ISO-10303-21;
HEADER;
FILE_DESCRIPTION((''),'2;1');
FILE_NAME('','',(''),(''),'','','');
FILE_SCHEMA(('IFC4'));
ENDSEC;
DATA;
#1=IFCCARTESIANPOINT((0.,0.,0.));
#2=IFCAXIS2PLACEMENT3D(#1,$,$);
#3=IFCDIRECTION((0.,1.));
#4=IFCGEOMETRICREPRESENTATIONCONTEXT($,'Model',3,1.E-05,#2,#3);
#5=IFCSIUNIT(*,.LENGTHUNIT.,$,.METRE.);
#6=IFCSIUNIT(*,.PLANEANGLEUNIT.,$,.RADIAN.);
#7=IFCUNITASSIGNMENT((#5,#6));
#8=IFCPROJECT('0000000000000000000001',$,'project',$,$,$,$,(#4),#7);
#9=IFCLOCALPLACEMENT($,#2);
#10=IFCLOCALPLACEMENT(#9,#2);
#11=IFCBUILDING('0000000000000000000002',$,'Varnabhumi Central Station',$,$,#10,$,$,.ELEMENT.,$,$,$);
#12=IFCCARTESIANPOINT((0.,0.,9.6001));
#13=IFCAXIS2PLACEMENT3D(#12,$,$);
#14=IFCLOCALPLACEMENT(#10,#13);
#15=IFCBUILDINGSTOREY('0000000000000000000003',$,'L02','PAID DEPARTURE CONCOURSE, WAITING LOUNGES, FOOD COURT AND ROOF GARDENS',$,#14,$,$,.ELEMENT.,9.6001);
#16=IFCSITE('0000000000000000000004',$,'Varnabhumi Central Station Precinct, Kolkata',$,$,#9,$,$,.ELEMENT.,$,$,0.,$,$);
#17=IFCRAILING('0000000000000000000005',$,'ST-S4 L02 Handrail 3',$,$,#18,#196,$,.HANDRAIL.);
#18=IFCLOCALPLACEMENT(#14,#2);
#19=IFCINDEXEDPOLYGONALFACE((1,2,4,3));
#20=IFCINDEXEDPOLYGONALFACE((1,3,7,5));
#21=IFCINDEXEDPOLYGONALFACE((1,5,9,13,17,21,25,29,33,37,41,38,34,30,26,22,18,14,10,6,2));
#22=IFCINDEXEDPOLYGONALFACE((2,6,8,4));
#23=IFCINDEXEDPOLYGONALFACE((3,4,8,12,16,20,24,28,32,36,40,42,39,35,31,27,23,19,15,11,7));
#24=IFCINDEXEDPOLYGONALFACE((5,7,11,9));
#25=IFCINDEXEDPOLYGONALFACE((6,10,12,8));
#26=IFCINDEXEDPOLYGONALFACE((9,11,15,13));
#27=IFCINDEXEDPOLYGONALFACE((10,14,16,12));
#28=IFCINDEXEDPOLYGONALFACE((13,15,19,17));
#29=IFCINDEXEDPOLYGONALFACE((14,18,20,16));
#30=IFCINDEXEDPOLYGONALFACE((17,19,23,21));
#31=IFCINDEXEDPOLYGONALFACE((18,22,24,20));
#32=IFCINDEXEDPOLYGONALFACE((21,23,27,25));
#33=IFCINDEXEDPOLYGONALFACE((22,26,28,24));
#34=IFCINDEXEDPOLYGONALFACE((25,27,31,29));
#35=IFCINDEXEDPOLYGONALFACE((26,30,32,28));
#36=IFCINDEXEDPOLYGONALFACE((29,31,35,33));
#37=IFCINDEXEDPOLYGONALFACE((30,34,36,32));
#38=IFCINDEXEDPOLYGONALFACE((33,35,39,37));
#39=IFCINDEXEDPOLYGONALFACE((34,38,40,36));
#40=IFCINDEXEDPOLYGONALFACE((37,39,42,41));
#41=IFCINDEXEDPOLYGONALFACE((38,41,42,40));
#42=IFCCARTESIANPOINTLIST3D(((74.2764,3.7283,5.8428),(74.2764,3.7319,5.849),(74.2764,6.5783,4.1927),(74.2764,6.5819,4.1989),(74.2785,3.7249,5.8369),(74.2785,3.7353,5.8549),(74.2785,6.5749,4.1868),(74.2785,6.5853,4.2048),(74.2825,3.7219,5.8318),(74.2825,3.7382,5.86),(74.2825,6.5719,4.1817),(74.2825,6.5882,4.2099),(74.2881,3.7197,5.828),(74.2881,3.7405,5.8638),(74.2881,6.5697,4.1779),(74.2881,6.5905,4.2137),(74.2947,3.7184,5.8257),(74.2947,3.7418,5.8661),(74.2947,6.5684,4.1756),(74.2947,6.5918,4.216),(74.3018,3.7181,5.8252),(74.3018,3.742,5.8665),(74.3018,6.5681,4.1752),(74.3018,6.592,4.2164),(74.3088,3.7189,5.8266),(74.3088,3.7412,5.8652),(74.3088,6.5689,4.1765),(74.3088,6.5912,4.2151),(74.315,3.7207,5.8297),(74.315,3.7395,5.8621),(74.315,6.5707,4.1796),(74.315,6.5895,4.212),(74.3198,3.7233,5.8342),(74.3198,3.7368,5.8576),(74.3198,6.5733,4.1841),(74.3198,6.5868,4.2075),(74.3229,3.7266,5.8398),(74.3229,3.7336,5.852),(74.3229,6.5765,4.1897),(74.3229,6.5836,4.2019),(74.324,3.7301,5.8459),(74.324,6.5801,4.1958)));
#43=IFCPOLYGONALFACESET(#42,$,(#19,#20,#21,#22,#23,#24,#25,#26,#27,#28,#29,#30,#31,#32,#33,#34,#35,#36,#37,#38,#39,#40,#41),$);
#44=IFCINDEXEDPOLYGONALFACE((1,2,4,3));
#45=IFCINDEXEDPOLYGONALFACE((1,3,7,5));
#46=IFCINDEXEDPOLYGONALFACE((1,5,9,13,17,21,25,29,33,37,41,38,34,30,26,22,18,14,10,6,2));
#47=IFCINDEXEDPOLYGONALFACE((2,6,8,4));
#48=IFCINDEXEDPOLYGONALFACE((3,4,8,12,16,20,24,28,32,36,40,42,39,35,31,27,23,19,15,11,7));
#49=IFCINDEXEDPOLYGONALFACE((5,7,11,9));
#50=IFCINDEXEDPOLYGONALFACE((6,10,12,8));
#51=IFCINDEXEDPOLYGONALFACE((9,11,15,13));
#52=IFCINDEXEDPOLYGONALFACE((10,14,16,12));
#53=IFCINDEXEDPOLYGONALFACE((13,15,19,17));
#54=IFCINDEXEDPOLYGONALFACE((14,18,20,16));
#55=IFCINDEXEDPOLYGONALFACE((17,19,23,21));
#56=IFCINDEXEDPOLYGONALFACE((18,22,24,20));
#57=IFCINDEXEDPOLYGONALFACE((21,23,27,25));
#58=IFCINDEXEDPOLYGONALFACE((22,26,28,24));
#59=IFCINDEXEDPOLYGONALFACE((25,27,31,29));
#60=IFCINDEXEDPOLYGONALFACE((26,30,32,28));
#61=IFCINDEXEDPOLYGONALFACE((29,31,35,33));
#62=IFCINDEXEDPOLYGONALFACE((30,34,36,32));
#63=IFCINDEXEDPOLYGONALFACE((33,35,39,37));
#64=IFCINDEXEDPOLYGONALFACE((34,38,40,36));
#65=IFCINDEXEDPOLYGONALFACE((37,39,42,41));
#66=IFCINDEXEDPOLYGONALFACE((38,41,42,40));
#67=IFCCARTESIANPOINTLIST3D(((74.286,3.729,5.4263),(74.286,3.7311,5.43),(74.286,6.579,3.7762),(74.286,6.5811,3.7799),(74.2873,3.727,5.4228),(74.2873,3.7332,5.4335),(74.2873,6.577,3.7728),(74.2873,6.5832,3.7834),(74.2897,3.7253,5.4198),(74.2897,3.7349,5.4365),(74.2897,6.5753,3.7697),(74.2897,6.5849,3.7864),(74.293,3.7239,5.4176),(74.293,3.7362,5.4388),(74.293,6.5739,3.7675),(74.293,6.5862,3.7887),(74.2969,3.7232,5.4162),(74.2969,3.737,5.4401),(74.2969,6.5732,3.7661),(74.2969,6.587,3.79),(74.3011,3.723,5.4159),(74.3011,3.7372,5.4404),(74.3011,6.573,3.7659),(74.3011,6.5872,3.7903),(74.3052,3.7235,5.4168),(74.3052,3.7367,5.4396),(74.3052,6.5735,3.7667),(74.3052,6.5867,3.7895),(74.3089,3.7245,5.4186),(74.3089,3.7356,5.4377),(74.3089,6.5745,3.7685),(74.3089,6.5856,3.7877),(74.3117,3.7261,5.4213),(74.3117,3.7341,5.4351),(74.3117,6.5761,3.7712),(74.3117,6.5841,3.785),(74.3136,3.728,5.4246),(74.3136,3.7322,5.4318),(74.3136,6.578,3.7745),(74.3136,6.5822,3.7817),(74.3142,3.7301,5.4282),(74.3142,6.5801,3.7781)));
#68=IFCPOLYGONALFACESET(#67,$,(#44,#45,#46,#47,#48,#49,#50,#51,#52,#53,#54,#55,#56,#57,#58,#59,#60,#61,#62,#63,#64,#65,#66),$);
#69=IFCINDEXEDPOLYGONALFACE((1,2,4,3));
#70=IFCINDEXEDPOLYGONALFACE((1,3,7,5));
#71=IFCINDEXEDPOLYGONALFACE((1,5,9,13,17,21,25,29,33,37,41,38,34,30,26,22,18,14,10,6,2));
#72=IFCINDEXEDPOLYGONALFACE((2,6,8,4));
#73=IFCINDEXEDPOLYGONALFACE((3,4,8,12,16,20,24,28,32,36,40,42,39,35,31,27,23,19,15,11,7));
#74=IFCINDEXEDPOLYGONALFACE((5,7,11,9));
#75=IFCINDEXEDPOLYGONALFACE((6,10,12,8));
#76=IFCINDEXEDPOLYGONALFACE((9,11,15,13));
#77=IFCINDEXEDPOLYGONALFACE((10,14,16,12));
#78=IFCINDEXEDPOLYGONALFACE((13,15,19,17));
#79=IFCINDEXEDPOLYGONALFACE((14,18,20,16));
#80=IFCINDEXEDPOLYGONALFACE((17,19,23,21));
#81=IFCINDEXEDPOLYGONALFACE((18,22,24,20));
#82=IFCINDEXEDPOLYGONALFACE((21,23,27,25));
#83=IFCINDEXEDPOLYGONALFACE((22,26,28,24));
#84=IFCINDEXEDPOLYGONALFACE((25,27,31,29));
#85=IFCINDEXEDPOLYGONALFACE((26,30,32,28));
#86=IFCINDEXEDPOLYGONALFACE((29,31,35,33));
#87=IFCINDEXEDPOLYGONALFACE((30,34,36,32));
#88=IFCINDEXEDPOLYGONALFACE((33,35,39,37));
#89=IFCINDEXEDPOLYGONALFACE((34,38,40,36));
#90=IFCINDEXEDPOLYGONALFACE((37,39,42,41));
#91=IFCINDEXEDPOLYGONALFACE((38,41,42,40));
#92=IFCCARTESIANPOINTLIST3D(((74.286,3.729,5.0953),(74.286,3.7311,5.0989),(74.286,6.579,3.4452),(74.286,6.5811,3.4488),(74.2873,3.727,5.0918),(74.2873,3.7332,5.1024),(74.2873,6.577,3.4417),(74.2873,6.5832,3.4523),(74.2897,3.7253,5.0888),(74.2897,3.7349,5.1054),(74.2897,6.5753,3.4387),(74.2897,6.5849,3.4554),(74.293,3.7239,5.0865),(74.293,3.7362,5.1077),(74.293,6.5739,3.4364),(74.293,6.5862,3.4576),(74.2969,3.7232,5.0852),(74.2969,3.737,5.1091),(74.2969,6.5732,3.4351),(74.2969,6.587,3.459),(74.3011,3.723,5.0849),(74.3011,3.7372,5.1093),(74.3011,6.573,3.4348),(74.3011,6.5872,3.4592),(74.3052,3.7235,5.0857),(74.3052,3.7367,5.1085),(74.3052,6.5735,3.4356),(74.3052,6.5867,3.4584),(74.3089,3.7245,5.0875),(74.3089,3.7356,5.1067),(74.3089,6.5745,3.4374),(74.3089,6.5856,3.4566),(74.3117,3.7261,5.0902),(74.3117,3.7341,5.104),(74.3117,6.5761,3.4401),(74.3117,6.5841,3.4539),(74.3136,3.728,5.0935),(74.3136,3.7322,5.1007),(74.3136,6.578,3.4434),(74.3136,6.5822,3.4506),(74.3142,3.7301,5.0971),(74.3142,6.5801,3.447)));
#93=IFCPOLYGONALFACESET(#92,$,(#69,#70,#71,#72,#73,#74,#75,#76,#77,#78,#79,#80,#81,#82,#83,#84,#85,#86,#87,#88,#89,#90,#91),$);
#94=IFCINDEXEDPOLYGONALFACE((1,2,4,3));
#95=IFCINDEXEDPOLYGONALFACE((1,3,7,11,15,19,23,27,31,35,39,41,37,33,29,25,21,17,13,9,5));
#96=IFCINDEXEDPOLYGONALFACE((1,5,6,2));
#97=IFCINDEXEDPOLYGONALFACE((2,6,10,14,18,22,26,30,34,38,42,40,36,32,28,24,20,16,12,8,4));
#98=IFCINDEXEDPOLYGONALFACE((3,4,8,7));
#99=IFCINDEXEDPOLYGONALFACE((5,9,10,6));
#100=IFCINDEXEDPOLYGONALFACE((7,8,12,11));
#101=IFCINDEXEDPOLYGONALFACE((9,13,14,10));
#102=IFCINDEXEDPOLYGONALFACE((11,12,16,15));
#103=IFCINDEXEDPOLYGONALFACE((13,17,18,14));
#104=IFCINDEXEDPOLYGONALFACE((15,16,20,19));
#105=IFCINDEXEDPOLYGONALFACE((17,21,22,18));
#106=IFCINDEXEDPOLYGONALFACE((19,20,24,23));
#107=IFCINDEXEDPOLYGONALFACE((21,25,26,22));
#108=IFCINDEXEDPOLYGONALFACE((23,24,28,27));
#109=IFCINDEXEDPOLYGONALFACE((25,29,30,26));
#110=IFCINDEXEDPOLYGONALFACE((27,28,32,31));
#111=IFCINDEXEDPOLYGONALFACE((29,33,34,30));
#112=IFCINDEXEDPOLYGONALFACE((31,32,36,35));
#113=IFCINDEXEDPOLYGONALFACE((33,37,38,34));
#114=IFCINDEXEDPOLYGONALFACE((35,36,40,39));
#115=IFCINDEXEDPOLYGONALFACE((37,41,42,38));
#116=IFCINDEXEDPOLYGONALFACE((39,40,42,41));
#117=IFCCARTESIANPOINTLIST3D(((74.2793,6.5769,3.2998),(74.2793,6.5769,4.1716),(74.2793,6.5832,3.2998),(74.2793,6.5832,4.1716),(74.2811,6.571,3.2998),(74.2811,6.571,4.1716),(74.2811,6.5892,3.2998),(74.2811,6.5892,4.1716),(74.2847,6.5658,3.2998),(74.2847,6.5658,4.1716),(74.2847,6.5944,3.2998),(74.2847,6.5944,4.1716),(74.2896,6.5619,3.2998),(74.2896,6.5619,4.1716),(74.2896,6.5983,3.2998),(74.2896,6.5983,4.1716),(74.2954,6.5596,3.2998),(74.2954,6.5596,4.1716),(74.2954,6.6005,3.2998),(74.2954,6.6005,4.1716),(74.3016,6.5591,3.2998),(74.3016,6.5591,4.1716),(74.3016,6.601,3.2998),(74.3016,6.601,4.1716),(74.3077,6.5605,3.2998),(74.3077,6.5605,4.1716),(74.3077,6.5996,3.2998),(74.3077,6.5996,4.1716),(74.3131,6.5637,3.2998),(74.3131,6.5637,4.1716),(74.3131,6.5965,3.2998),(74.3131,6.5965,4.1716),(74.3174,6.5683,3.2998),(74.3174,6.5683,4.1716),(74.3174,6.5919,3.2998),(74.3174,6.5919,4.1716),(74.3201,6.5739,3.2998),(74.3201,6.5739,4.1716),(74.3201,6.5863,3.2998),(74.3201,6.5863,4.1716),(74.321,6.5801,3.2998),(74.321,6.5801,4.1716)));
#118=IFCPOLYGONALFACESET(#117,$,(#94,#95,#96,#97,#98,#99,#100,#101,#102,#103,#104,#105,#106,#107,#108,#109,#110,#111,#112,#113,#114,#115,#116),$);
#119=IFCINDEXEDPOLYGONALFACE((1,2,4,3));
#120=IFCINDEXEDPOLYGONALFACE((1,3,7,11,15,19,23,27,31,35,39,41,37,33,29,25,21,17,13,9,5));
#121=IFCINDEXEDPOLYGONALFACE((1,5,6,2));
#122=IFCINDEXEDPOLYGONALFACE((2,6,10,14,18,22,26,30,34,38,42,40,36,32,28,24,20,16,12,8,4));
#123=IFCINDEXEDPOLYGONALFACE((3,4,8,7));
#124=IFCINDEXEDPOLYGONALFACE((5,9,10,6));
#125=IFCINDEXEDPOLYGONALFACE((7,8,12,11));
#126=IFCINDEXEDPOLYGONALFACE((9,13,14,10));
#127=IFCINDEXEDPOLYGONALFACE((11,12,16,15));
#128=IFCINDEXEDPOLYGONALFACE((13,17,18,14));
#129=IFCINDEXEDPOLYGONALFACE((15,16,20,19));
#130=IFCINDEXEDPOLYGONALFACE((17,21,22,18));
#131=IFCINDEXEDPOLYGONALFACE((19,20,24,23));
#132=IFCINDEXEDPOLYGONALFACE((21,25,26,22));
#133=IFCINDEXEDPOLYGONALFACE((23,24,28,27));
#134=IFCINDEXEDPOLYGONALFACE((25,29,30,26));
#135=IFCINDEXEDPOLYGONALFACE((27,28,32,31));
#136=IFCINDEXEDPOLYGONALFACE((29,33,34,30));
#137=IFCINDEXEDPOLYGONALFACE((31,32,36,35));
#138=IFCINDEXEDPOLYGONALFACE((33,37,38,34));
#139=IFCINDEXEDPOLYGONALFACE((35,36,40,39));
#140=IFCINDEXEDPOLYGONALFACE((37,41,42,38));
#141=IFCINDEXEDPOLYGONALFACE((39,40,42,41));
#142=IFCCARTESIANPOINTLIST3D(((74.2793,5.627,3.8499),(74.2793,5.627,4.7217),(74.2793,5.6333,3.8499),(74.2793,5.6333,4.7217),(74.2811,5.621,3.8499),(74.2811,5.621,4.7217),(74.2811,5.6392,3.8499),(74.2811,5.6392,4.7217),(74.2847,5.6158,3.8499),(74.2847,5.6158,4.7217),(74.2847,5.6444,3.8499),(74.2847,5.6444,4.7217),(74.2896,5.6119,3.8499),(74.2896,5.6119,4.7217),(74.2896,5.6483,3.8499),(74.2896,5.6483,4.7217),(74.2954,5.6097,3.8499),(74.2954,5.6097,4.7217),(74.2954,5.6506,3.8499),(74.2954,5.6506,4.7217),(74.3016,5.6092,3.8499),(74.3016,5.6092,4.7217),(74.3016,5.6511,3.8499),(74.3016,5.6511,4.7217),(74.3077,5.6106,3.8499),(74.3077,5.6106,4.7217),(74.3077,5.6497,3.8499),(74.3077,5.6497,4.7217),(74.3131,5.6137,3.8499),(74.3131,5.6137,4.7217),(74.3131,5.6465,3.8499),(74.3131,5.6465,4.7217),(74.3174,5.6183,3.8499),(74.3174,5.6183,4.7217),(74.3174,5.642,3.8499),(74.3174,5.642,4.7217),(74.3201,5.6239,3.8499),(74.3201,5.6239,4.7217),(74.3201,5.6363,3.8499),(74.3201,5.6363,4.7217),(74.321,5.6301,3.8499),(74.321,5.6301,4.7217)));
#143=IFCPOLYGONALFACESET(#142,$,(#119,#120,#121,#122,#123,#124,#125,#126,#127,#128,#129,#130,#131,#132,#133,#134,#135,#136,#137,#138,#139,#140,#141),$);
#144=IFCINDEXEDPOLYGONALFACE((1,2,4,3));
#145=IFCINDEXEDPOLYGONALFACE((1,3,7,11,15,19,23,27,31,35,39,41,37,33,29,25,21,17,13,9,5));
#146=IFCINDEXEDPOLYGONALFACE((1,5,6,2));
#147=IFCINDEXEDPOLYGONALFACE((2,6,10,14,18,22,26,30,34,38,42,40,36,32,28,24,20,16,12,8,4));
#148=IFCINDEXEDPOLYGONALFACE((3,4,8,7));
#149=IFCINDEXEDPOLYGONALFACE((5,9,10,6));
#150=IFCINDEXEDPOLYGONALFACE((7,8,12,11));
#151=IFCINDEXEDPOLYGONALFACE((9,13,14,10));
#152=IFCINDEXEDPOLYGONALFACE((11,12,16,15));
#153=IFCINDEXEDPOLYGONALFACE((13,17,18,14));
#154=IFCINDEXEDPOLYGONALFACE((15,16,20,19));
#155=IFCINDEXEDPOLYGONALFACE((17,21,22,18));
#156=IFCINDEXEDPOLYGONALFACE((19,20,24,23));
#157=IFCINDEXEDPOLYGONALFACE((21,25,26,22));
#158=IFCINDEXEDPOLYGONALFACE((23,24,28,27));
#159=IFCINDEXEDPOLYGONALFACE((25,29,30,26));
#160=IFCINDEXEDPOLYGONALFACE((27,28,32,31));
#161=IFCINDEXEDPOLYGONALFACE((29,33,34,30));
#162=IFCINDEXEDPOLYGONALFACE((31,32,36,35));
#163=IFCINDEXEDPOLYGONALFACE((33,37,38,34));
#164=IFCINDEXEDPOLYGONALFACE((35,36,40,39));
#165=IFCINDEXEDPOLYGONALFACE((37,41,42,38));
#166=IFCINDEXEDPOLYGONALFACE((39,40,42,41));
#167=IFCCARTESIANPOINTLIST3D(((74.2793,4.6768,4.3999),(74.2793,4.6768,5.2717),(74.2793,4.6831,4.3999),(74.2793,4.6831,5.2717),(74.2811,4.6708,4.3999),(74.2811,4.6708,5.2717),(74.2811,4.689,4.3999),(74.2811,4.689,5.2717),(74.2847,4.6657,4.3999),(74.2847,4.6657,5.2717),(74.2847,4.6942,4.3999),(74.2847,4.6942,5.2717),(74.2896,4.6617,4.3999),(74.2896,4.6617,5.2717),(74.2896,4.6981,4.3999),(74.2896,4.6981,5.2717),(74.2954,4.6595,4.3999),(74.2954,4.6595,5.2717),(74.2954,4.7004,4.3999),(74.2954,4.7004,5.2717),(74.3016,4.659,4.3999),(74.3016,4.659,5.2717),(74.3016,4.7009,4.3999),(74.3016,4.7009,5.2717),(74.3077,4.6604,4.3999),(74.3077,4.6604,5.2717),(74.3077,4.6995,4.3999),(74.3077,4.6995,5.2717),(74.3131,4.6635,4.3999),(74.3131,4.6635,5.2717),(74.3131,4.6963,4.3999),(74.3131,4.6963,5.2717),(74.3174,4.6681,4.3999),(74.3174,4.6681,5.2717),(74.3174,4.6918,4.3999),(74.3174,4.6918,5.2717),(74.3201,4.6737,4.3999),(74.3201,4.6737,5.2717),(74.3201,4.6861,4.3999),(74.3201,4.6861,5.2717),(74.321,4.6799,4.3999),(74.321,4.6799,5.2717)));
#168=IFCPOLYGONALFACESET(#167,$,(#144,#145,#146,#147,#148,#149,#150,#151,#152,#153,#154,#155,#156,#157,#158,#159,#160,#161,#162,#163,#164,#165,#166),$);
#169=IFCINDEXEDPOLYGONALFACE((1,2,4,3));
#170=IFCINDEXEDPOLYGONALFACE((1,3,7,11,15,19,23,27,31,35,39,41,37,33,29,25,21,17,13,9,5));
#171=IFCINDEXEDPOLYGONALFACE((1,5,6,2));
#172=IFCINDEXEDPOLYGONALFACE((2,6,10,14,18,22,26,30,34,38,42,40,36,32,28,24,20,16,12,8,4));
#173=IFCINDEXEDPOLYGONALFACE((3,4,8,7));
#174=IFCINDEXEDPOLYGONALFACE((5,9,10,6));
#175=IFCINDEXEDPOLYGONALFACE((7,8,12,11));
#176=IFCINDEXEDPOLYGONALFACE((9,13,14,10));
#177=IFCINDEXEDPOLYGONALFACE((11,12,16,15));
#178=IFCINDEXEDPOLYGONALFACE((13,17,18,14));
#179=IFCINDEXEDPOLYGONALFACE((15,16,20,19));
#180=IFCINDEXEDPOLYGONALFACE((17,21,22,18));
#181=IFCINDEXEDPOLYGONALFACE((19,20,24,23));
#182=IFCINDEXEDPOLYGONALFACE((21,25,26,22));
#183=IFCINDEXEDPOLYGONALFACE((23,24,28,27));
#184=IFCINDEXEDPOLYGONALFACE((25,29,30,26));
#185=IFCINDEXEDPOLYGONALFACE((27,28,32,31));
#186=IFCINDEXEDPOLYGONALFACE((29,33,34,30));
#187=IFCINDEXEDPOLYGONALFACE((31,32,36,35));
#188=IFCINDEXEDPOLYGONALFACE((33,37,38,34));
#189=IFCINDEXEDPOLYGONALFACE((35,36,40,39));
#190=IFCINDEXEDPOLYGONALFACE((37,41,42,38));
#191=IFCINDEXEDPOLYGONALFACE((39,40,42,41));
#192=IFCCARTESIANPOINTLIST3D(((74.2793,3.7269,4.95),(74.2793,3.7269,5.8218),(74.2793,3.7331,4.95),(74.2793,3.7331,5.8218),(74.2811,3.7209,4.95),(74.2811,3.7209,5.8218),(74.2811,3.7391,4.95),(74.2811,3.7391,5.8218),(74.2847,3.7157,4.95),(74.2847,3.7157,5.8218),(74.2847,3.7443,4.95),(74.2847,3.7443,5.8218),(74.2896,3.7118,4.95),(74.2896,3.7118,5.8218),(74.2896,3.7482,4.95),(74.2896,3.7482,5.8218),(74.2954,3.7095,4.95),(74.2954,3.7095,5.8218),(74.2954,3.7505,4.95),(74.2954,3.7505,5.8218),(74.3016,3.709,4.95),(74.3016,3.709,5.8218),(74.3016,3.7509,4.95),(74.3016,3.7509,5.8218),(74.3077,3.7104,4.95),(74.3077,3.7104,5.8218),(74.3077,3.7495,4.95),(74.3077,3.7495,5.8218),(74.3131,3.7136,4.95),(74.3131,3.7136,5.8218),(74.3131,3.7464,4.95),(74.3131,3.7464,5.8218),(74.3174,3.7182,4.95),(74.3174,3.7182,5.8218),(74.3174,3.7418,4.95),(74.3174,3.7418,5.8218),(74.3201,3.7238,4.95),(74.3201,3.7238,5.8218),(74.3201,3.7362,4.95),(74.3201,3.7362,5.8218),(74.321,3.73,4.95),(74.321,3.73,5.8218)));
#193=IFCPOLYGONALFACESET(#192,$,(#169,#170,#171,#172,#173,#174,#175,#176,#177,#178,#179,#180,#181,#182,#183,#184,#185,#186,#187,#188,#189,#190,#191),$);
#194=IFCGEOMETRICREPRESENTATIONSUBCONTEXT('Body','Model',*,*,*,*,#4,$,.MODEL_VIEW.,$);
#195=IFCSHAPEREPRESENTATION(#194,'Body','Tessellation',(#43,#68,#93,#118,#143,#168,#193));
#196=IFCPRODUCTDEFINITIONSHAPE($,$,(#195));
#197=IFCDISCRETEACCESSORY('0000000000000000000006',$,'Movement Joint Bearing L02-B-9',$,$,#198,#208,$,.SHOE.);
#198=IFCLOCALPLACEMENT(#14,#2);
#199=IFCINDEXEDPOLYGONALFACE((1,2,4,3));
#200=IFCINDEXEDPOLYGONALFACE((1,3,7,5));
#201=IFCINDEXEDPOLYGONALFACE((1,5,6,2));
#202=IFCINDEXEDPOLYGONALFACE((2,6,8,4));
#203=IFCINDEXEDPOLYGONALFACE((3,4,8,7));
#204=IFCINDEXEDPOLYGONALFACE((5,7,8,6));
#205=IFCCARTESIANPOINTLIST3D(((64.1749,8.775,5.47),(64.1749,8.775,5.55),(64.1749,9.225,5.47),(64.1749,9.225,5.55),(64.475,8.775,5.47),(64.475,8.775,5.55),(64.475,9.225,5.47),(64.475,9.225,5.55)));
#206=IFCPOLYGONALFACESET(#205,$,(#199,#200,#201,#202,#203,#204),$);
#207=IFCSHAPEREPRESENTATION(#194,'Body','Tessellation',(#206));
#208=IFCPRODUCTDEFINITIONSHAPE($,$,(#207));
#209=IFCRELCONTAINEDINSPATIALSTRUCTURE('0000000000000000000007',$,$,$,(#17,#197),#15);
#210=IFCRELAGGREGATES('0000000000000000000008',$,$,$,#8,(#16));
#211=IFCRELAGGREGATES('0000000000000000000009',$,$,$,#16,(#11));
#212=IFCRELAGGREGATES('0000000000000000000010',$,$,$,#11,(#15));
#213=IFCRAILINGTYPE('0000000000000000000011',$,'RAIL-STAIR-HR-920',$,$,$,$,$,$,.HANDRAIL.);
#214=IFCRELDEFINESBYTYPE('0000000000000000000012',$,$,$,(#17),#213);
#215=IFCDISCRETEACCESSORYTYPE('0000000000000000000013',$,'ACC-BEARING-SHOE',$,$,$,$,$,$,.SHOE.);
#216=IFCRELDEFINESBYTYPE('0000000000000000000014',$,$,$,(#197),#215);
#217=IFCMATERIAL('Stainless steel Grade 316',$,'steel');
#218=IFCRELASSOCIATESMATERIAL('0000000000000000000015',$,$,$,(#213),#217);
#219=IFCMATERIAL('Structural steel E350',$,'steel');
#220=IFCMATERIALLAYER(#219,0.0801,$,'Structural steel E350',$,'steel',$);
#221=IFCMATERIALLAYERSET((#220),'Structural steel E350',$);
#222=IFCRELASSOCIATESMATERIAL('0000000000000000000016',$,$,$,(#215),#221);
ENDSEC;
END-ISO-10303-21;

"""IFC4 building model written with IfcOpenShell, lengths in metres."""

from ifc_helpers import new_model, si_unit, direction, frame, origin, origin_2d, place, context, subcontext, project, spatial, rectangle, circle, extrude, material, layer, layer_set, type_object, element, save


model = new_model("IFC4")

# Units and contexts
model_context = context("Model", 3, precision=1e-05, world=origin(), true_north=direction((0.0, 1.0)))
body_context = subcontext(model_context, "Body", "Model", "MODEL_VIEW")
ifc_project = project(units=[si_unit("LENGTHUNIT", "METRE"), si_unit("PLANEANGLEUNIT", "RADIAN")], contexts=[model_context])

# Site, building, storey
site_placement = place(None, origin())
site = spatial("IfcSite", under=ifc_project, at=site_placement, Name="Varnabhumi Central Station Precinct, Kolkata", CompositionType="ELEMENT", RefElevation=0.0)
building_placement = place(site_placement, origin())
building = spatial("IfcBuilding", under=site, at=building_placement, Name="Varnabhumi Central Station", CompositionType="ELEMENT")
storey_placement = place(building_placement, frame((0.0, 0.0, 9.6001)))
storey = spatial("IfcBuildingStorey", under=building, at=storey_placement, Name="L02", Description="PAID DEPARTURE CONCOURSE, WAITING LOUNGES, FOOD COURT AND ROOF GARDENS", CompositionType="ELEMENT", Elevation=9.6001)

# Shared definitions
ifc_material_1 = material(Name="Structural steel E350", Category="steel")

# Railing
ifc_material_2 = material(Name="Stainless steel Grade 316", Category="steel")
railing_type_1 = type_object("IfcRailingType", Name="RAIL-STAIR-HR-920", PredefinedType="HANDRAIL", material=ifc_material_2)
railing_1_placement = place(storey_placement, frame((74.3, 6.5801, 3.2998)))
element("IfcRailing", 1, at=railing_1_placement, inside=storey, type_object=railing_type_1, Name="ST-S4 L02 Handrail 3", PredefinedType="HANDRAIL", context=body_context, shape_type="SweptSolid", body=[
    extrude(circle(Radius=0.0239, at=origin_2d()), frame((0.0, 0.0, 0.896), z_axis=(0.0, -0.865414, 0.501057), x_axis=(1.0, 0.0, 0.0)), (0.0, 0.0, 1.0), 3.2932),
    extrude(circle(Radius=0.0142, at=origin_2d()), frame((0.0, 0.0, 0.4783), z_axis=(0.0, -0.865414, 0.501057), x_axis=(1.0, 0.0, 0.0)), (0.0, 0.0, 1.0), 3.2932),
    extrude(circle(Radius=0.0142, at=origin_2d()), frame((0.0, 0.0, 0.1472), z_axis=(0.0, -0.865414, 0.501057), x_axis=(1.0, 0.0, 0.0)), (0.0, 0.0, 1.0), 3.2932),
    extrude(circle(Radius=0.021, at=origin_2d()), origin(), (0.0, 0.0, 1.0), 0.8718),
    extrude(circle(Radius=0.021, at=origin_2d()), frame((0.0, -0.95, 0.55)), (0.0, 0.0, 1.0), 0.8718),
    extrude(circle(Radius=0.021, at=origin_2d()), frame((0.0, -1.9001, 1.1001)), (0.0, 0.0, 1.0), 0.8718),
    extrude(circle(Radius=0.021, at=origin_2d()), frame((0.0, -2.8501, 1.6501)), (0.0, 0.0, 1.0), 0.8718),
])

# Discrete accessory
ifc_layer_1 = layer(ifc_material_1, 0.0801, Name="Structural steel E350", Category="steel")
ifc_layer_set_1 = layer_set([ifc_layer_1], Name="Structural steel E350")
discrete_accessory_type = type_object("IfcDiscreteAccessoryType", Name="ACC-BEARING-SHOE", PredefinedType="SHOE", material=ifc_layer_set_1)
discrete_accessory_placement = place(storey_placement, frame((64.325, 9.0, 5.47), z_axis=(0.0, 0.0, 1.0), x_axis=(1.0, 0.0, 0.0)))
element("IfcDiscreteAccessory", 2, at=discrete_accessory_placement, inside=storey, type_object=discrete_accessory_type, Name="Movement Joint Bearing L02-B-9", PredefinedType="SHOE", context=body_context, shape_type="SweptSolid", body=[
    extrude(rectangle(XDim=0.3, YDim=0.45, at=origin_2d()), origin(), (0.0, 0.0, 1.0), 0.0801),
])

save(model, "model.ifc")
